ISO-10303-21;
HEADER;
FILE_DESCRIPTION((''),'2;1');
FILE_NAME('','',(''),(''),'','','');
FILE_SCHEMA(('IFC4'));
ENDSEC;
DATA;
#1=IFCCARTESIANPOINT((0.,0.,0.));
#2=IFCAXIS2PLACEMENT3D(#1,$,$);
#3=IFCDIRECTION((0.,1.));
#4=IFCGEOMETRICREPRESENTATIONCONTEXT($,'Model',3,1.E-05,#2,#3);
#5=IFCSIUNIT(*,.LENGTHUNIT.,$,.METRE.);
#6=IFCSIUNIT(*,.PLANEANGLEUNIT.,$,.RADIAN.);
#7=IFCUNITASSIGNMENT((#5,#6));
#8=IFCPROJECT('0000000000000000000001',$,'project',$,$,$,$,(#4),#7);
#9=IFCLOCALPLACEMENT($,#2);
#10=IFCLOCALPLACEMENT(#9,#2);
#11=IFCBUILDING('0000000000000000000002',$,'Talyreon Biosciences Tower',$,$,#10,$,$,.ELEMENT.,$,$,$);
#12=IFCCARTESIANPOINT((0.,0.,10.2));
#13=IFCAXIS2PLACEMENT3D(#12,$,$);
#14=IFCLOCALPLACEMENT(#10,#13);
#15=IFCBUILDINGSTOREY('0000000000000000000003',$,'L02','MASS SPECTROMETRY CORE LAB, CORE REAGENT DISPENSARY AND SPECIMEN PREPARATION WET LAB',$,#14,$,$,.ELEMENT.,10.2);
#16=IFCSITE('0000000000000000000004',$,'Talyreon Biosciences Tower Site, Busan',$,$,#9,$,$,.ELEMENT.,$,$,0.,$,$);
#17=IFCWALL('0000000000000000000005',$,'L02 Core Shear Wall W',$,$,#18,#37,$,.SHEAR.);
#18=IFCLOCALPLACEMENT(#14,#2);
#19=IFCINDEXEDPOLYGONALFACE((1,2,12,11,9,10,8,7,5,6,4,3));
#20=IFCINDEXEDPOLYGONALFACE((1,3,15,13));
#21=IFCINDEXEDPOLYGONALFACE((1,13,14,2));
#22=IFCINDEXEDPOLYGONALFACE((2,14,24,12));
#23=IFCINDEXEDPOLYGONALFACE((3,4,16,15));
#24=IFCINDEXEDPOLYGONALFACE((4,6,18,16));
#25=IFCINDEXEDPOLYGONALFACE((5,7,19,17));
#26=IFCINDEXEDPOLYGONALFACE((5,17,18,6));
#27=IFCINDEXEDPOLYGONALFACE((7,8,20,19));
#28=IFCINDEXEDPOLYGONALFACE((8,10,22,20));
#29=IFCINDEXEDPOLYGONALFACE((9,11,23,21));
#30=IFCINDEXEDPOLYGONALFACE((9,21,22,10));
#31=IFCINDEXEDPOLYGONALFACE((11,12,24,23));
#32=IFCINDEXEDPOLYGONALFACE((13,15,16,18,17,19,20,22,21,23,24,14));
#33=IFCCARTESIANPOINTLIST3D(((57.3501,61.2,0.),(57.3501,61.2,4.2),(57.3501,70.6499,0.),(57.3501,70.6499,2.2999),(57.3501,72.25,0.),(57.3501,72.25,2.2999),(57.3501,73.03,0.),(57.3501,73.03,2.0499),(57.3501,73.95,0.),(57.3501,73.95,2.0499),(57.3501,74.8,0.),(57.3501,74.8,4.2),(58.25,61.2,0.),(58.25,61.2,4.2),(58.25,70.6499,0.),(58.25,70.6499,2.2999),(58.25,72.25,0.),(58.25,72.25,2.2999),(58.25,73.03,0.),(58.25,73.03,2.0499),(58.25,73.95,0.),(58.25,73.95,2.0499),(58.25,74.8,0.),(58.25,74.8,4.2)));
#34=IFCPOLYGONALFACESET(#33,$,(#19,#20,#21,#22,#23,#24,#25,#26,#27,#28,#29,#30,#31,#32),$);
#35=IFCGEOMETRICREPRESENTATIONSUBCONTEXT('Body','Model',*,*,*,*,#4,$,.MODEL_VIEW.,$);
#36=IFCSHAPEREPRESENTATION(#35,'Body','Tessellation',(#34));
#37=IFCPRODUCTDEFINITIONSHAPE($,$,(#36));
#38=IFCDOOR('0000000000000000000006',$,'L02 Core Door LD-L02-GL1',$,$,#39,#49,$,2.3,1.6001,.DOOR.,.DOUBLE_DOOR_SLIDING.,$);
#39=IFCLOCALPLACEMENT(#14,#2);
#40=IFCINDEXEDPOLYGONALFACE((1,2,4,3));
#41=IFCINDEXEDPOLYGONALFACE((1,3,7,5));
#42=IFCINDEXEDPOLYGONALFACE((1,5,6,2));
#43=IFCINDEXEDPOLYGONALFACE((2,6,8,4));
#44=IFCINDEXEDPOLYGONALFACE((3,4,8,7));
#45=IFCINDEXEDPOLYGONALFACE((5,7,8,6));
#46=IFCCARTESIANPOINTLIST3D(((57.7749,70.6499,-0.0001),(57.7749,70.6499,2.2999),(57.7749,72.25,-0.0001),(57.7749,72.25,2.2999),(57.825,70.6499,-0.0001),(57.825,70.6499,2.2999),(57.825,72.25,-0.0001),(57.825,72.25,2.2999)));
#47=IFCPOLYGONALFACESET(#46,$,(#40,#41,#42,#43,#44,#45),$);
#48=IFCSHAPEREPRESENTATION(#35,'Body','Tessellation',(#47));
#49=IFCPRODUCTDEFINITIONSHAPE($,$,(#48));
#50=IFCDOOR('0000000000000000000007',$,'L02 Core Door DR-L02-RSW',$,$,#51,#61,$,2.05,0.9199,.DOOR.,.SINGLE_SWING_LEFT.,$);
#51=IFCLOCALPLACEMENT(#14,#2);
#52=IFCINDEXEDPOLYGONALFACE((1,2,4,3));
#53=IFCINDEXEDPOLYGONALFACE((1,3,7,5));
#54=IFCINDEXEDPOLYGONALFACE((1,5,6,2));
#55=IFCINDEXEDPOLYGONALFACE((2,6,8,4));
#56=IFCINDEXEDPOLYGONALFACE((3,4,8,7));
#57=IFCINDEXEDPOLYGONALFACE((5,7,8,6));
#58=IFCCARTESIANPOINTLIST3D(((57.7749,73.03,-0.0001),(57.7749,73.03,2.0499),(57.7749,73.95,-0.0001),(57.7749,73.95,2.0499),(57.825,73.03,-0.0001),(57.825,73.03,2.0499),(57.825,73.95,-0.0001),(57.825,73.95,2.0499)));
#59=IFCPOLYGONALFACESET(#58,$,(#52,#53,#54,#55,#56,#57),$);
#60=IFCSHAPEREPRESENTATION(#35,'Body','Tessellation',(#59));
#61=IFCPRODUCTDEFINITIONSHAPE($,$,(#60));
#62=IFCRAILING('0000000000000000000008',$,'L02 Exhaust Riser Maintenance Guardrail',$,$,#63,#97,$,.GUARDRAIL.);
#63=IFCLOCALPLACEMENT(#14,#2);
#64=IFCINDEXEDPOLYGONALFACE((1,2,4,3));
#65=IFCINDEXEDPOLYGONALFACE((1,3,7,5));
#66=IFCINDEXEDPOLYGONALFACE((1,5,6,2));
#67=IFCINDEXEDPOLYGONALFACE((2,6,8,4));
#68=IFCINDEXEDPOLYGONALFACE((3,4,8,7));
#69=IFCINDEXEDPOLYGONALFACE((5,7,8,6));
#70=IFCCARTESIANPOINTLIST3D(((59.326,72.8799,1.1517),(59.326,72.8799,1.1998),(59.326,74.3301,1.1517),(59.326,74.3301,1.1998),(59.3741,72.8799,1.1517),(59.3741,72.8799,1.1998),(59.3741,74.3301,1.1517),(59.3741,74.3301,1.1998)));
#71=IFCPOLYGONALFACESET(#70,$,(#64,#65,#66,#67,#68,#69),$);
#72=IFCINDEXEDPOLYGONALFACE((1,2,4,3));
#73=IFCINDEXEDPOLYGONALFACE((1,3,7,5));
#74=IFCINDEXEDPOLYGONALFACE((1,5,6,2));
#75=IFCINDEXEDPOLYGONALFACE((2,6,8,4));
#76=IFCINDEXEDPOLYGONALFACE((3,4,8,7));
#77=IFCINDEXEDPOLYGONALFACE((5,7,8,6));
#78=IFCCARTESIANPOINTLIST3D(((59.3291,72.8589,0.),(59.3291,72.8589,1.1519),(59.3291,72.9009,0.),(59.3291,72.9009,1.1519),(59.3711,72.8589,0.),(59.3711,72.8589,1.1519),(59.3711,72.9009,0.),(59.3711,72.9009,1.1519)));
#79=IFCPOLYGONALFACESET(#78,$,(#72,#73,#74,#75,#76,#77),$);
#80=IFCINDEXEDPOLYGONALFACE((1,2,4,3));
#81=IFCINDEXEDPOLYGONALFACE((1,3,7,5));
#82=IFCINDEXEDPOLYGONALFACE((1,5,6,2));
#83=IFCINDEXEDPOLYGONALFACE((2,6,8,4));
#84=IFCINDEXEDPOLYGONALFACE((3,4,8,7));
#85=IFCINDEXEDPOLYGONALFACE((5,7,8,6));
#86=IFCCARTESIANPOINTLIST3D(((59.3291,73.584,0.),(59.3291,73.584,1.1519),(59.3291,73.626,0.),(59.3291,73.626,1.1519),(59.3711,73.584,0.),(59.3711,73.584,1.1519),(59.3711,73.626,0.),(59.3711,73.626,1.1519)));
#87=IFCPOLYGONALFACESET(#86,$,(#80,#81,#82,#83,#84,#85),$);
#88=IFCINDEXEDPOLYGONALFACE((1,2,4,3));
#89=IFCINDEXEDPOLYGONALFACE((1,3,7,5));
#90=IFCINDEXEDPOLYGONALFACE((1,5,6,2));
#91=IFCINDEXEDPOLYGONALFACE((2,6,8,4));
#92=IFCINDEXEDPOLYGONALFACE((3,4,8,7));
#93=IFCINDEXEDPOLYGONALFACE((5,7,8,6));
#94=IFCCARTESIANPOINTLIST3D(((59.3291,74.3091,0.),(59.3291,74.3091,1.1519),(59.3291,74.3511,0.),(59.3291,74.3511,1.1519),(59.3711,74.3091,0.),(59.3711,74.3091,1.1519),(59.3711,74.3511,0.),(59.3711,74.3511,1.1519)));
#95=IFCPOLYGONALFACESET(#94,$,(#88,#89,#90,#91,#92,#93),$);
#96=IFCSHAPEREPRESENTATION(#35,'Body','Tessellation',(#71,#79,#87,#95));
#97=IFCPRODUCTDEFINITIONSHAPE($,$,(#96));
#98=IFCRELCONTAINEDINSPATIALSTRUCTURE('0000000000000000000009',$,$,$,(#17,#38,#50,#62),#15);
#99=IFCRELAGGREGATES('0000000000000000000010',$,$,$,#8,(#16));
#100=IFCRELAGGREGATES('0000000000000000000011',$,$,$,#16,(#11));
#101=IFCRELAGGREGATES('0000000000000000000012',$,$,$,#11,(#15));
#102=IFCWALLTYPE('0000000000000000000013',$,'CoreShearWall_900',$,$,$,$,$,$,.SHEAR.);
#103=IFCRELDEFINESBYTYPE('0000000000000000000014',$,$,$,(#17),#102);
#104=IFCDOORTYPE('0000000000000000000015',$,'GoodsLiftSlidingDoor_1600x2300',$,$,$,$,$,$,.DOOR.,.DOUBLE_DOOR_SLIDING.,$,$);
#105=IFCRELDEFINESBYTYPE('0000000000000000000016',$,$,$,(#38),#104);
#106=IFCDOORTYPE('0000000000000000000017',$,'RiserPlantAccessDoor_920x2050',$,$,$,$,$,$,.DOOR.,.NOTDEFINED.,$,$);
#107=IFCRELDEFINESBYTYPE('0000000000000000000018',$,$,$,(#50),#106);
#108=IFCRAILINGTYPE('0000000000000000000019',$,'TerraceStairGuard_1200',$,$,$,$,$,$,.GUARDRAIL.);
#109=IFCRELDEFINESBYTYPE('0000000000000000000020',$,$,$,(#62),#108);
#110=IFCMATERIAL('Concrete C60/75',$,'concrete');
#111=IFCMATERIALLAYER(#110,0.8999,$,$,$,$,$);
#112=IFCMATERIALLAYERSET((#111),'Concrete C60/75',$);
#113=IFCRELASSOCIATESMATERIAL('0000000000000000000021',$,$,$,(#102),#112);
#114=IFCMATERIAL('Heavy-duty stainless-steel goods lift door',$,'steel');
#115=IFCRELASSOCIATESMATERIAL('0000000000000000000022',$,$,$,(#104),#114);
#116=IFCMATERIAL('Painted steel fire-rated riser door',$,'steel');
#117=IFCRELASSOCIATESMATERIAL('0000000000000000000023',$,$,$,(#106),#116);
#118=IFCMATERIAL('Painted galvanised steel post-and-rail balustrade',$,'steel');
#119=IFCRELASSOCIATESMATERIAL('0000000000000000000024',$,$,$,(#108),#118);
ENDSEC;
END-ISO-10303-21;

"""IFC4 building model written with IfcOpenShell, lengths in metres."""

from ifc_helpers import new_model, si_unit, direction, frame, frame_2d, origin, origin_2d, place, context, subcontext, project, spatial, rectangle, extrude, material, layer, layer_set, type_object, element, fill, save


model = new_model("IFC4")

# Units and contexts
model_context = context("Model", 3, precision=1e-05, world=origin(), true_north=direction((0.0, 1.0)))
body_context = subcontext(model_context, "Body", "Model", "MODEL_VIEW")
ifc_project = project(units=[si_unit("LENGTHUNIT", "METRE"), si_unit("PLANEANGLEUNIT", "RADIAN")], contexts=[model_context])

# Site, building, storey
site_placement = place(None, origin())
site = spatial("IfcSite", under=ifc_project, at=site_placement, Name="Talyreon Biosciences Tower Site, Busan", CompositionType="ELEMENT", RefElevation=0.0)
building_placement = place(site_placement, origin())
building = spatial("IfcBuilding", under=site, at=building_placement, Name="Talyreon Biosciences Tower", CompositionType="ELEMENT")
storey_placement = place(building_placement, frame((0.0, 0.0, 10.2)))
storey = spatial("IfcBuildingStorey", under=building, at=storey_placement, Name="L02", Description="MASS SPECTROMETRY CORE LAB, CORE REAGENT DISPENSARY AND SPECIMEN PREPARATION WET LAB", CompositionType="ELEMENT", Elevation=10.2)

# Shared definitions
ifc_material_1 = material(Name="Concrete C60/75", Category="concrete")

# Wall, openings, doors
ifc_layer = layer(ifc_material_1, 0.8999)
ifc_layer_set = layer_set([ifc_layer], Name="Concrete C60/75")
wall_type = type_object("IfcWallType", Name="CoreShearWall_900", PredefinedType="SHEAR", material=ifc_layer_set)
wall_placement = place(storey_placement, frame((57.8, 74.8, 0.0), z_axis=(0.0, 0.0, 1.0), x_axis=(0.0, -1.0, 0.0)))
wall = element("IfcWall", 1, at=wall_placement, inside=storey, type_object=wall_type, Name="L02 Core Shear Wall W", PredefinedType="SHEAR", context=body_context, shape_type="SweptSolid", body=[
    extrude(rectangle(XDim=13.6001, YDim=0.8999, at=frame_2d((6.8, 0.0))), origin(), (0.0, 0.0, 1.0), 4.2),
])
opening_1_placement = place(wall_placement, frame((0.8501, 0.0, 0.0)))
opening_1 = element("IfcOpeningElement", 2, at=opening_1_placement, cuts=wall, PredefinedType="OPENING", context=body_context, shape_type="SweptSolid", body=[
    extrude(rectangle(XDim=0.9199, YDim=2.05, at=frame_2d((0.46, 1.0249))), frame((0.0, 0.46, 0.0), z_axis=(0.0, -1.0, 0.0), x_axis=(1.0, 0.0, 0.0)), (0.0, 0.0, 1.0), 0.9199),
])
opening_2_placement = place(wall_placement, frame((2.55, 0.0, 0.0)))
opening_2 = element("IfcOpeningElement", 3, at=opening_2_placement, cuts=wall, PredefinedType="OPENING", context=body_context, shape_type="SweptSolid", body=[
    extrude(rectangle(XDim=1.6001, YDim=2.3, at=frame_2d((0.8, 1.1499))), frame((0.0, 0.46, 0.0), z_axis=(0.0, -1.0, 0.0), x_axis=(1.0, 0.0, 0.0)), (0.0, 0.0, 1.0), 0.9199),
])
ifc_material_2 = material(Name="Heavy-duty stainless-steel goods lift door", Category="steel")
door_type_1 = type_object("IfcDoorType", Name="GoodsLiftSlidingDoor_1600x2300", OperationType="DOUBLE_DOOR_SLIDING", PredefinedType="DOOR", material=ifc_material_2)
door_1_placement = place(opening_2_placement, origin())
door_1 = element("IfcDoor", 4, at=door_1_placement, inside=storey, type_object=door_type_1, Name="L02 Core Door LD-L02-GL1", OperationType="DOUBLE_DOOR_SLIDING", OverallHeight=2.3, OverallWidth=1.6001, PredefinedType="DOOR", context=body_context, shape_type="SweptSolid", body=[
    extrude(rectangle(XDim=1.6001, YDim=2.3, at=frame_2d((0.8, 1.1499))), frame((0.0, 0.0249, 0.0), z_axis=(0.0, -1.0, 0.0), x_axis=(1.0, 0.0, 0.0)), (0.0, 0.0, 1.0), 0.05),
])
fill(opening_2, door_1)
ifc_material_3 = material(Name="Painted steel fire-rated riser door", Category="steel")
door_type_2 = type_object("IfcDoorType", Name="RiserPlantAccessDoor_920x2050", OperationType="NOTDEFINED", PredefinedType="DOOR", material=ifc_material_3)
door_2_placement = place(opening_1_placement, origin())
door_2 = element("IfcDoor", 5, at=door_2_placement, inside=storey, type_object=door_type_2, Name="L02 Core Door DR-L02-RSW", OperationType="SINGLE_SWING_LEFT", OverallHeight=2.05, OverallWidth=0.9199, PredefinedType="DOOR", context=body_context, shape_type="SweptSolid", body=[
    extrude(rectangle(XDim=0.9199, YDim=2.05, at=frame_2d((0.46, 1.0249))), frame((0.0, 0.0249, 0.0), z_axis=(0.0, -1.0, 0.0), x_axis=(1.0, 0.0, 0.0)), (0.0, 0.0, 1.0), 0.05),
])
fill(opening_1, door_2)

# Railing
ifc_material_4 = material(Name="Painted galvanised steel post-and-rail balustrade", Category="steel")
railing_type = type_object("IfcRailingType", Name="TerraceStairGuard_1200", PredefinedType="GUARDRAIL", material=ifc_material_4)
railing_placement = place(storey_placement, frame((59.3501, 72.8799, 0.0)))
element("IfcRailing", 6, at=railing_placement, inside=storey, type_object=railing_type, Name="L02 Exhaust Riser Maintenance Guardrail", PredefinedType="GUARDRAIL", context=body_context, shape_type="SweptSolid", body=[
    extrude(rectangle(XDim=0.0481, YDim=0.0481, at=origin_2d()), frame((0.0, 0.0, 1.1758), z_axis=(0.0, 1.0, 0.0), x_axis=(-1.0, 0.0, 0.0)), (0.0, 0.0, 1.0), 1.4502),
    extrude(rectangle(XDim=0.042, YDim=0.042, at=origin_2d()), origin(), (0.0, 0.0, 1.0), 1.1519),
    extrude(rectangle(XDim=0.042, YDim=0.042, at=origin_2d()), frame((0.0, 0.7251, 0.0)), (0.0, 0.0, 1.0), 1.1519),
    extrude(rectangle(XDim=0.042, YDim=0.042, at=origin_2d()), frame((0.0, 1.4502, 0.0)), (0.0, 0.0, 1.0), 1.1519),
])

save(model, "model.ifc")
